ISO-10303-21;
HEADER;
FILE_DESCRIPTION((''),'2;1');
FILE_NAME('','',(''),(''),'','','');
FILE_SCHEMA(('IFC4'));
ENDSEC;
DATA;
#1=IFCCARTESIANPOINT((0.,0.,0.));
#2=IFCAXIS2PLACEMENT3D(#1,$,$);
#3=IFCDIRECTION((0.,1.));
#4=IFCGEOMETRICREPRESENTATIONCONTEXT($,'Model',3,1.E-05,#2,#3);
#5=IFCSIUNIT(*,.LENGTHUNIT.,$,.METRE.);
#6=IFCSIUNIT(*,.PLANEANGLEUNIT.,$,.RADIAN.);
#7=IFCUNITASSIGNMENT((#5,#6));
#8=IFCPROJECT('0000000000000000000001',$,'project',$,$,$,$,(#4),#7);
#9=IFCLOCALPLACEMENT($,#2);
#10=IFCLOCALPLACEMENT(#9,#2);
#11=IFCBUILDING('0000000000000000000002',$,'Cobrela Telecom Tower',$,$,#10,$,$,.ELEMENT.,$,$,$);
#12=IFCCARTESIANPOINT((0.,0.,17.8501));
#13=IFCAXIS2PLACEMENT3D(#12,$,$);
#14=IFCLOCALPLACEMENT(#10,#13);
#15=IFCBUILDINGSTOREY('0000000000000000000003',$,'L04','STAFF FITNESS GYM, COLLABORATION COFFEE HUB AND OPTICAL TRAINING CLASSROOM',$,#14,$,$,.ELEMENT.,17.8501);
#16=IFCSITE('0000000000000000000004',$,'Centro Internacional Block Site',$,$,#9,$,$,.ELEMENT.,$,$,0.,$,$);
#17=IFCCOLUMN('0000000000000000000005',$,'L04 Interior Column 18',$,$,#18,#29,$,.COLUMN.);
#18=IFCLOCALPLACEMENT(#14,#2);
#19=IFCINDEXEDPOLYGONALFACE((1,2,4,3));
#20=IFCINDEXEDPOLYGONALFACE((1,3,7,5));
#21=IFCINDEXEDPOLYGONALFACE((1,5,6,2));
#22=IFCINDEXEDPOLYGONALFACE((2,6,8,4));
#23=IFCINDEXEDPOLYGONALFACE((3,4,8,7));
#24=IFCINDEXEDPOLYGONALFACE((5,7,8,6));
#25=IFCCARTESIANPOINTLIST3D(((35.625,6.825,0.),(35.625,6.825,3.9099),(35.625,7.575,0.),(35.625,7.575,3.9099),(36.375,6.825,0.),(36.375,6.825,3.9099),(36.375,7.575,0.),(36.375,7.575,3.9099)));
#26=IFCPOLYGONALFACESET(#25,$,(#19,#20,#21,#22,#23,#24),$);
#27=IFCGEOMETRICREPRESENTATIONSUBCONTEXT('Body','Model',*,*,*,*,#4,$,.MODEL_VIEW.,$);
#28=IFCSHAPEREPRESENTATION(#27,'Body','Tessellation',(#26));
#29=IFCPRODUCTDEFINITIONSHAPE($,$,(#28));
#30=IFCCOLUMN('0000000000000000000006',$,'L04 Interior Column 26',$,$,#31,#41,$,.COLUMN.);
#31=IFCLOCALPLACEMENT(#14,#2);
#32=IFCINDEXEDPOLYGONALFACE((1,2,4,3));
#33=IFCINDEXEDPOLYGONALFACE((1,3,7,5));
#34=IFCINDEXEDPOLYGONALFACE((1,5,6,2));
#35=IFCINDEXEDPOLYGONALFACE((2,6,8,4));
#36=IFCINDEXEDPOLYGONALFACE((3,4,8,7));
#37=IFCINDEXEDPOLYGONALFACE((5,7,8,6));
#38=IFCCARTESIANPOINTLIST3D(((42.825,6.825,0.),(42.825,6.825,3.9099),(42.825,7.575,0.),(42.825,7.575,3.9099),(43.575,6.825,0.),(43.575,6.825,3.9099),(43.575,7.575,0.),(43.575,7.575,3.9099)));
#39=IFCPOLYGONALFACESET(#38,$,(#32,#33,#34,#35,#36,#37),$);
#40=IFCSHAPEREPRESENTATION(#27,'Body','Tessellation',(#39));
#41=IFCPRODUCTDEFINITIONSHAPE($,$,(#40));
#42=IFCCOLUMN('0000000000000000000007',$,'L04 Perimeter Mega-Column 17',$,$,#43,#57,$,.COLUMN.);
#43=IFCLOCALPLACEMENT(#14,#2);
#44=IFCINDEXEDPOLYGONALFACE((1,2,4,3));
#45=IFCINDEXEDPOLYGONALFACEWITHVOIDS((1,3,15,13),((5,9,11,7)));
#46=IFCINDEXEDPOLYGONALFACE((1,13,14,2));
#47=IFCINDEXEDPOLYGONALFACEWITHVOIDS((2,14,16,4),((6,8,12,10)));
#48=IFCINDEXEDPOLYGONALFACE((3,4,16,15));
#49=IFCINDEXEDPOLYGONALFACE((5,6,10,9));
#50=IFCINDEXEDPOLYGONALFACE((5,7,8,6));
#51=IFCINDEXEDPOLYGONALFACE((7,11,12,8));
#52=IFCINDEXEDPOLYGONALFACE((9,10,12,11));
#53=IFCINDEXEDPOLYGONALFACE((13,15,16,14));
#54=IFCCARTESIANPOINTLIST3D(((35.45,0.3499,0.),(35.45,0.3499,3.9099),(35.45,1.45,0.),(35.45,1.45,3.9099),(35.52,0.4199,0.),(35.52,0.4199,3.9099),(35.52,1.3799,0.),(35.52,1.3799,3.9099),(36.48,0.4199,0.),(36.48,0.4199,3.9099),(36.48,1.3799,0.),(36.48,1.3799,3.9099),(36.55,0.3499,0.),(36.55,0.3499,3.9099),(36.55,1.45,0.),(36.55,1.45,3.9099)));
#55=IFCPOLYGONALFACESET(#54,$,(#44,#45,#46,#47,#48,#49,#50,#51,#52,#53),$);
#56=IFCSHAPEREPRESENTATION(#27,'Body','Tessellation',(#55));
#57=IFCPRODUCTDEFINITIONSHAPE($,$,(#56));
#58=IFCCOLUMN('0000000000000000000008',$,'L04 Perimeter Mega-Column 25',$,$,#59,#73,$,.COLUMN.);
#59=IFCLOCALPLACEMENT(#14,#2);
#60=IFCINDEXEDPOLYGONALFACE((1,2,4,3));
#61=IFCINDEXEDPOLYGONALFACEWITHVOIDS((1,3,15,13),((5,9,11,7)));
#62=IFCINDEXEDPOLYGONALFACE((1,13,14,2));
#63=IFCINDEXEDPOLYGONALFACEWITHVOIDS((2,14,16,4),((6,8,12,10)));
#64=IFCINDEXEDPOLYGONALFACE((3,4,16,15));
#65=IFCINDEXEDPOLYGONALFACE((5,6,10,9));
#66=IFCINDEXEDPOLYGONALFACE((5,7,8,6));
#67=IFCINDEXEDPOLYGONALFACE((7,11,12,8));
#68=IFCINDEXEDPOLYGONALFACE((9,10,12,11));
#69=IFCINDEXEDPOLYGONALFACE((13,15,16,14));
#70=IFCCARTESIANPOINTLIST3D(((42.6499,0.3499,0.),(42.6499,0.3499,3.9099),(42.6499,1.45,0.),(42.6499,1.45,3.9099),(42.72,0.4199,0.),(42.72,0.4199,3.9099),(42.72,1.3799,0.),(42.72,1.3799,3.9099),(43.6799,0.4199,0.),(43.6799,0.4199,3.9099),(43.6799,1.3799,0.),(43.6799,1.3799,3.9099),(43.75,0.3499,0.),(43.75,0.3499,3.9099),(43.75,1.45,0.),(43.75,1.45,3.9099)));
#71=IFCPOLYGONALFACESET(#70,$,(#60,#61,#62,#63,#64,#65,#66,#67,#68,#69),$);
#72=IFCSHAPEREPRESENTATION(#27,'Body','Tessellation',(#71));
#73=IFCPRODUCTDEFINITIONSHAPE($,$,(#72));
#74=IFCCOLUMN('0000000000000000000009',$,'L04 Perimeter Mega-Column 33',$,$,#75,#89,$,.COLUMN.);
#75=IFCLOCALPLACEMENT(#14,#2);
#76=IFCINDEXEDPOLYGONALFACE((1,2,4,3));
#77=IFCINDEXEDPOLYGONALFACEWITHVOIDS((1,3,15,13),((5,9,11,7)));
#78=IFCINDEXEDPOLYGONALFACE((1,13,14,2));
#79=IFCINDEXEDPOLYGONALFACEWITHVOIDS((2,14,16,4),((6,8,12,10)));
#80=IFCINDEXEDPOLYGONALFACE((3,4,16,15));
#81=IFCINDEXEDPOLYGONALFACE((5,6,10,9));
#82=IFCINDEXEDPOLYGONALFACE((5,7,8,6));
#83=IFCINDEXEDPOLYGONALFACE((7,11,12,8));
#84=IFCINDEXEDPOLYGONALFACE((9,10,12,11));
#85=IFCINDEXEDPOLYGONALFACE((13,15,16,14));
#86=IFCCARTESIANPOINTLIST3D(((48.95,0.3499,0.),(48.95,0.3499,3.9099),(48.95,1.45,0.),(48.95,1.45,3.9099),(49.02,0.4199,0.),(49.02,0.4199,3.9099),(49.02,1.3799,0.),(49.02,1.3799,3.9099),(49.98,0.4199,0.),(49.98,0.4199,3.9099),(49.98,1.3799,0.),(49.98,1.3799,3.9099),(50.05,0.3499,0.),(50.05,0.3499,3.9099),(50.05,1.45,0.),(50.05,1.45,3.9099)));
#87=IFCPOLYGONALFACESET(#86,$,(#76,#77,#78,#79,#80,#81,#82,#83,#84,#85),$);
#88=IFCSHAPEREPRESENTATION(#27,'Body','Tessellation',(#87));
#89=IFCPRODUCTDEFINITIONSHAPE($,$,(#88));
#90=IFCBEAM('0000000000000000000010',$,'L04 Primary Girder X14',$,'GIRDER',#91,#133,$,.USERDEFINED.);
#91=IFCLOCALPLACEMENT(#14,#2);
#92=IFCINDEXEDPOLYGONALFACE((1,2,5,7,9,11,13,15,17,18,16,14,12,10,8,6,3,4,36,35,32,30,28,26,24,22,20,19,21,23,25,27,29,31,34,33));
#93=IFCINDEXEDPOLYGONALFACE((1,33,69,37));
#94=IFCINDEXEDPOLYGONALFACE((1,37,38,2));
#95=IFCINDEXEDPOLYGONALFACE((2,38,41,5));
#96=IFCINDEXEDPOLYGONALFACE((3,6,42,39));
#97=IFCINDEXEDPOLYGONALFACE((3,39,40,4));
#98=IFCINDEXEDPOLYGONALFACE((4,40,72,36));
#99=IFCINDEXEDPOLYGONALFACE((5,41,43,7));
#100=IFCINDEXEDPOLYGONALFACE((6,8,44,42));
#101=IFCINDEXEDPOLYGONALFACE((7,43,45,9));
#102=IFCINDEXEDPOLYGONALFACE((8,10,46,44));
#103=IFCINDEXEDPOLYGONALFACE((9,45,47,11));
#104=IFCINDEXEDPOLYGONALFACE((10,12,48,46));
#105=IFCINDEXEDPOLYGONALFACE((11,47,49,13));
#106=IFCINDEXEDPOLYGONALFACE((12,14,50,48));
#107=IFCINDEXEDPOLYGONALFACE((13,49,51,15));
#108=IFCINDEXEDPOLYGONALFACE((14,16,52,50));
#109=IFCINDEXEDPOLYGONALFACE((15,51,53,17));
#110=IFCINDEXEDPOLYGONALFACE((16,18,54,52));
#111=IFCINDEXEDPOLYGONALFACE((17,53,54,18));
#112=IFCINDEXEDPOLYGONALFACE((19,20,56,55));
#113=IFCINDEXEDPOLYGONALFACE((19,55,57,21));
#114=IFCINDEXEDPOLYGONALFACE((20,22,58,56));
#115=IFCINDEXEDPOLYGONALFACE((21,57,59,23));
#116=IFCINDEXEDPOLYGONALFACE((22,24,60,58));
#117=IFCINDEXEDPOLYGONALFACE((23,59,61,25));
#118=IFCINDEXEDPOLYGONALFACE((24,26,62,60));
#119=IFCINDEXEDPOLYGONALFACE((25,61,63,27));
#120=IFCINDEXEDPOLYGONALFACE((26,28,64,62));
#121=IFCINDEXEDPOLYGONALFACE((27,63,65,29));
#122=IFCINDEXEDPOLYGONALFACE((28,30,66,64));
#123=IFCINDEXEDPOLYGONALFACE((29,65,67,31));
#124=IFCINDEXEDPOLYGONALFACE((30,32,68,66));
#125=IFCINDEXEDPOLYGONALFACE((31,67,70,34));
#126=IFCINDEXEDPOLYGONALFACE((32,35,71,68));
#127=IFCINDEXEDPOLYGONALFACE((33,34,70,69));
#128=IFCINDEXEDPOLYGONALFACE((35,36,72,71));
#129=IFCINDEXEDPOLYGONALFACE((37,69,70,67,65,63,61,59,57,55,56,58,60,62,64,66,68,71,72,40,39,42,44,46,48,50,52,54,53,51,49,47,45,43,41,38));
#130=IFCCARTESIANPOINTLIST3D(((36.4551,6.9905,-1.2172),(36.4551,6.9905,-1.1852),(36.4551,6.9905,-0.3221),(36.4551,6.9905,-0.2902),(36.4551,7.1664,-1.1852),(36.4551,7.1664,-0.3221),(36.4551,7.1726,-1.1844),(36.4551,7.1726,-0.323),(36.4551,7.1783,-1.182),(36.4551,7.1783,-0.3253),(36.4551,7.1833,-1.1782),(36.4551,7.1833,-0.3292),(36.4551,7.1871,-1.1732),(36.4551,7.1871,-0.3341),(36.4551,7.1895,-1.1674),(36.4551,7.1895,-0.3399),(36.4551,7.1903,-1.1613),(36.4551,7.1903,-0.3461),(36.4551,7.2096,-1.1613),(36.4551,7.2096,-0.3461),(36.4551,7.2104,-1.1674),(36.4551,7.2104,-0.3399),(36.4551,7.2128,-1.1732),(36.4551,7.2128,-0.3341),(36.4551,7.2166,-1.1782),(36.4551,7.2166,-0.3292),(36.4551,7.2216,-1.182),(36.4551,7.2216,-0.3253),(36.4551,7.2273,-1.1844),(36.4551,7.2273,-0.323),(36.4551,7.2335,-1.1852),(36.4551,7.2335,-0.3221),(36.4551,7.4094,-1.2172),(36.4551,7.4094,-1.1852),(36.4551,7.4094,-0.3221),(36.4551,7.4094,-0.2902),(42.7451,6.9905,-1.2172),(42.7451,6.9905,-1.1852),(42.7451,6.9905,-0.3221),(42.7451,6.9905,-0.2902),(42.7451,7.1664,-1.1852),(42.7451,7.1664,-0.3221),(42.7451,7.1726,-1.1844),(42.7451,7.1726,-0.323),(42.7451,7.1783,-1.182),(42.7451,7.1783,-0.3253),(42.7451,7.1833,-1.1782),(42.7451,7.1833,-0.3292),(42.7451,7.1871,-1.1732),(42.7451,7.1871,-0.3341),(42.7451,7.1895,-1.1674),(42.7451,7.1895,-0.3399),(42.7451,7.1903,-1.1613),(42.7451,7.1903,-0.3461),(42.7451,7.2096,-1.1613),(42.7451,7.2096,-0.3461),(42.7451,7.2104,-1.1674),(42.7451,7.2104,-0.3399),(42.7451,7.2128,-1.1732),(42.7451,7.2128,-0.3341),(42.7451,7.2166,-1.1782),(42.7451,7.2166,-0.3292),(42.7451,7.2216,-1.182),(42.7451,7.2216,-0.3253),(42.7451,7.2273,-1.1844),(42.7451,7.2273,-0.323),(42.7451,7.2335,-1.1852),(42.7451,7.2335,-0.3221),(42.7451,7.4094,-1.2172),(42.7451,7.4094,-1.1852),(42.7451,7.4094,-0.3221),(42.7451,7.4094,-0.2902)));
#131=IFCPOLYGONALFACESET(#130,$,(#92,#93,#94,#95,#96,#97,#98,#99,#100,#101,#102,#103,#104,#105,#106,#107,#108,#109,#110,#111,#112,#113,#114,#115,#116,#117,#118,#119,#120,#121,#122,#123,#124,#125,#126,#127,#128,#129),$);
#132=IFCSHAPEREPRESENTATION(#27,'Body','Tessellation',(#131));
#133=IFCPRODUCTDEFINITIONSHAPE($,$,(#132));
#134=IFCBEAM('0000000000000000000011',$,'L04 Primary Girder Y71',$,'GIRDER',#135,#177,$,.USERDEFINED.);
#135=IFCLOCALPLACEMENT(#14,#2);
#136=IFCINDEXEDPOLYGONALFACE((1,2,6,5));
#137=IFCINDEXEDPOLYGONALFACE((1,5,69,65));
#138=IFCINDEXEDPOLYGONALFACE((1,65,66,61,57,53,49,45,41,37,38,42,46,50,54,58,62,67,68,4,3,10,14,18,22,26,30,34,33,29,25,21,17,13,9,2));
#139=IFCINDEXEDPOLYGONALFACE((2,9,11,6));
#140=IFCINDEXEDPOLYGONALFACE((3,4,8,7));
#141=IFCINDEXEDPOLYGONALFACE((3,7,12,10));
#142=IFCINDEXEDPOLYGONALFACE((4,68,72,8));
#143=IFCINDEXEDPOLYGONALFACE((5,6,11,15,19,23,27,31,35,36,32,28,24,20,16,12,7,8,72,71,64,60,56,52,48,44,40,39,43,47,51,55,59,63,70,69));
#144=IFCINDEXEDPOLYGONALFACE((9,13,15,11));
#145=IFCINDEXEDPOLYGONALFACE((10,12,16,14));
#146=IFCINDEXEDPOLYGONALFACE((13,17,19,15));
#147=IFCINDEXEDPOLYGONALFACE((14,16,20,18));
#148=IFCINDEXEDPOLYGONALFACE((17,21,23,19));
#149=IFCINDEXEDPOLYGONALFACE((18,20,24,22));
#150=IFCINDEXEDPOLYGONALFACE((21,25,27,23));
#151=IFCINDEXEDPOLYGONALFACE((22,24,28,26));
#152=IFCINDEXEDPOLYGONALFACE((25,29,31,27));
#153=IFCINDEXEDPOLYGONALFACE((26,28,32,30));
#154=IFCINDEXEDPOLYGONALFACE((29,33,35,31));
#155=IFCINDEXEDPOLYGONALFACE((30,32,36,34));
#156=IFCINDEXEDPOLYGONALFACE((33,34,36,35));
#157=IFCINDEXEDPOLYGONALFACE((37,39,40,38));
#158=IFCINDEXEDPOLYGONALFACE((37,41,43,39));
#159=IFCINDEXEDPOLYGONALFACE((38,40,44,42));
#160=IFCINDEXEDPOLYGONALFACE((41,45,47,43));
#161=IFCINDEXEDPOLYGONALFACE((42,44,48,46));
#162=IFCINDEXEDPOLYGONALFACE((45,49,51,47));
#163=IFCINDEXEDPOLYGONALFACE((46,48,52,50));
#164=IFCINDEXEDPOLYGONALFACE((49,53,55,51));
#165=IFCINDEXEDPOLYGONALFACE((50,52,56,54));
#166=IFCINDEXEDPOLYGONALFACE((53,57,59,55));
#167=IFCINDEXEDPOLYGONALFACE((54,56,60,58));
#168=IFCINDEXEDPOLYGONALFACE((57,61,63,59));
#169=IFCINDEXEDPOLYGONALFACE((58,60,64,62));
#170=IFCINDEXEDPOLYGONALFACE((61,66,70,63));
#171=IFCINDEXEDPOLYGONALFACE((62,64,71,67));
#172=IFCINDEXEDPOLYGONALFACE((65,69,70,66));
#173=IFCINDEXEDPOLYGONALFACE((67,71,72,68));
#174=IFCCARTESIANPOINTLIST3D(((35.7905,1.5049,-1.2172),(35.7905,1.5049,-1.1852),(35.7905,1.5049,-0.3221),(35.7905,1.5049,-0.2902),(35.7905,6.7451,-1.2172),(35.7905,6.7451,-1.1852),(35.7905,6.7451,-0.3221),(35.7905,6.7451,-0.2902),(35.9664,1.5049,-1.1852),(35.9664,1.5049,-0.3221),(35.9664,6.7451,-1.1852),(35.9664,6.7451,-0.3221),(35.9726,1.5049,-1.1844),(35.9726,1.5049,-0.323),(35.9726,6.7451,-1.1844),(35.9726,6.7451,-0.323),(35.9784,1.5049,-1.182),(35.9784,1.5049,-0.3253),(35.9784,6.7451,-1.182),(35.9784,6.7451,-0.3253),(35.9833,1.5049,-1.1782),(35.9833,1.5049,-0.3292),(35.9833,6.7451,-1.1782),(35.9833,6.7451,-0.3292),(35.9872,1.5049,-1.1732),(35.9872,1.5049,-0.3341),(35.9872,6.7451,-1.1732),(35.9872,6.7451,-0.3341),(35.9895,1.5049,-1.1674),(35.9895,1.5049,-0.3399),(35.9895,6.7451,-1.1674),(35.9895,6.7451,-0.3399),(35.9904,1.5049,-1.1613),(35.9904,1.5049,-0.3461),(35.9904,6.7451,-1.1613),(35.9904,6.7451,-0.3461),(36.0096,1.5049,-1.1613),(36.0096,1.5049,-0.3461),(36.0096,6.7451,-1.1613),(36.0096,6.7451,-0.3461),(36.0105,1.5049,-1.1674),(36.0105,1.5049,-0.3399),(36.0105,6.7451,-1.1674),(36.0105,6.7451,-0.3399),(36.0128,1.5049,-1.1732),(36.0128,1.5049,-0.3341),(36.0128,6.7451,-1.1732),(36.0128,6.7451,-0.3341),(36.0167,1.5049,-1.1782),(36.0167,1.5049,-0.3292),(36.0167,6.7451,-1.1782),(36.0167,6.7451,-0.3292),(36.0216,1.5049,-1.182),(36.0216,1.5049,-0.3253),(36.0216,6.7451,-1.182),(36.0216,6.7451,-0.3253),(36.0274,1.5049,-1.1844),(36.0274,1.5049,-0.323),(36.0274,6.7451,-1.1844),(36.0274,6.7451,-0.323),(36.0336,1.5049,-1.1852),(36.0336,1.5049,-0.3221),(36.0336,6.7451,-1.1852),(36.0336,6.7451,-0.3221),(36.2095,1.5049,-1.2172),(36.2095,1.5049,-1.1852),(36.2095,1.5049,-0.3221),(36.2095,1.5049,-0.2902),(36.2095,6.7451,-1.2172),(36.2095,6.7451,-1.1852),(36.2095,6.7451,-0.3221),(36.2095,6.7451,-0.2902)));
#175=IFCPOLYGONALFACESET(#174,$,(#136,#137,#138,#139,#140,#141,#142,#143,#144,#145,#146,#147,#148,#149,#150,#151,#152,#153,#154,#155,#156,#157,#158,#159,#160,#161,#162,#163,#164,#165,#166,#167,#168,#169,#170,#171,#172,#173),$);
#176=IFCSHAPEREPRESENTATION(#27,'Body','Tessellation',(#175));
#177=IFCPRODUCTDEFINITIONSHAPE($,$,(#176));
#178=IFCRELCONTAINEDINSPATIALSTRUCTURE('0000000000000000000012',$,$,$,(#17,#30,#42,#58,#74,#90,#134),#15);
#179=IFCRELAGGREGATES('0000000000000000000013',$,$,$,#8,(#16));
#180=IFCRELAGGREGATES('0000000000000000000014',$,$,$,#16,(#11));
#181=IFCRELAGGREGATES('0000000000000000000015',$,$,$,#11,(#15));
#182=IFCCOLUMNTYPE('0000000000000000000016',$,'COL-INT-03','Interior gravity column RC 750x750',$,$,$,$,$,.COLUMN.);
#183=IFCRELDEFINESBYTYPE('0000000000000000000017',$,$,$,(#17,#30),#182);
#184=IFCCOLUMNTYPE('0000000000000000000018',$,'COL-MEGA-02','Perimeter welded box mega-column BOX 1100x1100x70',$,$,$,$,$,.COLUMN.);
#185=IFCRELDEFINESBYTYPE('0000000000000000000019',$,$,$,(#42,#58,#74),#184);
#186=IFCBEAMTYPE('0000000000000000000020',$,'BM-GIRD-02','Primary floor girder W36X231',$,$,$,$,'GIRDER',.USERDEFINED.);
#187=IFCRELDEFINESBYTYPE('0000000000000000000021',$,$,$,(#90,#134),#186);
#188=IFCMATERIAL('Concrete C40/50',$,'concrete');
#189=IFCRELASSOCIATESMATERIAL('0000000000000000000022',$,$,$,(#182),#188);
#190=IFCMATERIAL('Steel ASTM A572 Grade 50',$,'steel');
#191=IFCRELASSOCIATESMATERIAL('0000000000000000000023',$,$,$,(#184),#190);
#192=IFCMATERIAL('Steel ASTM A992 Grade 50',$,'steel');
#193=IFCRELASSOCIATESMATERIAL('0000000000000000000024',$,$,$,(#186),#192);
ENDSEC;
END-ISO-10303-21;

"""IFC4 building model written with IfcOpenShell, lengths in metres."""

from ifc_helpers import new_model, si_unit, direction, frame, origin, origin_2d, place, context, subcontext, project, spatial, rectangle, hollow_rectangle, i_section, extrude, material, material_profile, profile_set, type_object, element, save


model = new_model("IFC4")

# Units and contexts
model_context = context("Model", 3, precision=1e-05, world=origin(), true_north=direction((0.0, 1.0)))
body_context = subcontext(model_context, "Body", "Model", "MODEL_VIEW")
ifc_project = project(units=[si_unit("LENGTHUNIT", "METRE"), si_unit("PLANEANGLEUNIT", "RADIAN")], contexts=[model_context])

# Site, building, storey
site_placement = place(None, origin())
site = spatial("IfcSite", under=ifc_project, at=site_placement, Name="Centro Internacional Block Site", CompositionType="ELEMENT", RefElevation=0.0)
building_placement = place(site_placement, origin())
building = spatial("IfcBuilding", under=site, at=building_placement, Name="Cobrela Telecom Tower", CompositionType="ELEMENT")
storey_placement = place(building_placement, frame((0.0, 0.0, 17.8501)))
storey = spatial("IfcBuildingStorey", under=building, at=storey_placement, Name="L04", Description="STAFF FITNESS GYM, COLLABORATION COFFEE HUB AND OPTICAL TRAINING CLASSROOM", CompositionType="ELEMENT", Elevation=17.8501)

# Columns
ifc_material_1 = material(Name="Concrete C40/50", Category="concrete")
ifc_material_profile_1 = material_profile(ifc_material_1, rectangle(XDim=0.75, YDim=0.75, at=origin_2d()), Name="RC 750x750")
ifc_profile_set_1 = profile_set([ifc_material_profile_1], Name="Concrete C40/50")
column_type_1 = type_object("IfcColumnType", Name="COL-INT-03", Description="Interior gravity column RC 750x750", PredefinedType="COLUMN", material=ifc_profile_set_1)
for number, where, z_axis, x_axis, name in (
    (1, (36.0, 7.2, 0.0), (0.0, 0.0, 1.0), (1.0, 0.0, 0.0), "L04 Interior Column 18"),
    (2, (43.2, 7.2, 0.0), (0.0, 0.0, 1.0), (1.0, 0.0, 0.0), "L04 Interior Column 26"),
):
    element("IfcColumn", number, at=place(storey_placement, frame(where, z_axis=z_axis, x_axis=x_axis)), inside=storey, type_object=column_type_1, Name=name, PredefinedType="COLUMN", context=body_context, shape_type="SweptSolid", body=[
        extrude(rectangle(XDim=0.75, YDim=0.75, at=origin_2d()), origin(), (0.0, 0.0, 1.0), 3.9099),
    ])
ifc_material_2 = material(Name="Steel ASTM A572 Grade 50", Category="steel")
ifc_material_profile_2 = material_profile(ifc_material_2, hollow_rectangle(XDim=1.1001, YDim=1.1001, WallThickness=0.0701, at=origin_2d()), Name="BOX 1100x1100x70")
ifc_profile_set_2 = profile_set([ifc_material_profile_2], Name="Steel ASTM A572 Grade 50")
column_type_2 = type_object("IfcColumnType", Name="COL-MEGA-02", Description="Perimeter welded box mega-column BOX 1100x1100x70", PredefinedType="COLUMN", material=ifc_profile_set_2)
for number, where, z_axis, x_axis, name in (
    (3, (36.0, 0.8999, 0.0), (0.0, 0.0, 1.0), (1.0, 0.0, 0.0), "L04 Perimeter Mega-Column 17"),
    (4, (43.2, 0.8999, 0.0), (0.0, 0.0, 1.0), (1.0, 0.0, 0.0), "L04 Perimeter Mega-Column 25"),
    (5, (49.5, 0.8999, 0.0), (0.0, 0.0, 1.0), (1.0, 0.0, 0.0), "L04 Perimeter Mega-Column 33"),
):
    element("IfcColumn", number, at=place(storey_placement, frame(where, z_axis=z_axis, x_axis=x_axis)), inside=storey, type_object=column_type_2, Name=name, PredefinedType="COLUMN", context=body_context, shape_type="SweptSolid", body=[
        extrude(hollow_rectangle(XDim=1.1001, YDim=1.1001, WallThickness=0.0701, at=origin_2d()), origin(), (0.0, 0.0, 1.0), 3.9099),
    ])

# Beams
ifc_material_3 = material(Name="Steel ASTM A992 Grade 50", Category="steel")
ifc_material_profile_3 = material_profile(ifc_material_3, i_section(OverallWidth=0.4189, OverallDepth=0.927, WebThickness=0.0193, FlangeThickness=0.032, FilletRadius=0.0239, at=origin_2d()), Name="W36X231")
ifc_profile_set_3 = profile_set([ifc_material_profile_3], Name="Steel ASTM A992 Grade 50")
beam_type_1 = type_object("IfcBeamType", Name="BM-GIRD-02", Description="Primary floor girder W36X231", ElementType="GIRDER", PredefinedType="USERDEFINED", material=ifc_profile_set_3)
beam_1_placement = place(storey_placement, frame((36.4551, 7.2, -0.7537), z_axis=(1.0, 0.0, 0.0), x_axis=(0.0, 1.0, 0.0)))
element("IfcBeam", 6, at=beam_1_placement, inside=storey, type_object=beam_type_1, Name="L04 Primary Girder X14", ObjectType="GIRDER", PredefinedType="USERDEFINED", context=body_context, shape_type="SweptSolid", body=[
    extrude(i_section(OverallWidth=0.4189, OverallDepth=0.927, WebThickness=0.0193, FlangeThickness=0.032, FilletRadius=0.0239, at=origin_2d()), origin(), (0.0, 0.0, 1.0), 6.29),
])
for number, where, z_axis, x_axis, name in (
    (7, (36.0, 1.5049, -0.7537), (0.0, 1.0, 0.0), (-1.0, 0.0, 0.0), "L04 Primary Girder Y71"),
):
    element("IfcBeam", number, at=place(storey_placement, frame(where, z_axis=z_axis, x_axis=x_axis)), inside=storey, type_object=beam_type_1, Name=name, ObjectType="GIRDER", PredefinedType="USERDEFINED", context=body_context, shape_type="SweptSolid", body=[
        extrude(i_section(OverallWidth=0.4189, OverallDepth=0.927, WebThickness=0.0193, FlangeThickness=0.032, FilletRadius=0.0239, at=origin_2d()), origin(), (0.0, 0.0, 1.0), 5.2402),
    ])

save(model, "model.ifc")
